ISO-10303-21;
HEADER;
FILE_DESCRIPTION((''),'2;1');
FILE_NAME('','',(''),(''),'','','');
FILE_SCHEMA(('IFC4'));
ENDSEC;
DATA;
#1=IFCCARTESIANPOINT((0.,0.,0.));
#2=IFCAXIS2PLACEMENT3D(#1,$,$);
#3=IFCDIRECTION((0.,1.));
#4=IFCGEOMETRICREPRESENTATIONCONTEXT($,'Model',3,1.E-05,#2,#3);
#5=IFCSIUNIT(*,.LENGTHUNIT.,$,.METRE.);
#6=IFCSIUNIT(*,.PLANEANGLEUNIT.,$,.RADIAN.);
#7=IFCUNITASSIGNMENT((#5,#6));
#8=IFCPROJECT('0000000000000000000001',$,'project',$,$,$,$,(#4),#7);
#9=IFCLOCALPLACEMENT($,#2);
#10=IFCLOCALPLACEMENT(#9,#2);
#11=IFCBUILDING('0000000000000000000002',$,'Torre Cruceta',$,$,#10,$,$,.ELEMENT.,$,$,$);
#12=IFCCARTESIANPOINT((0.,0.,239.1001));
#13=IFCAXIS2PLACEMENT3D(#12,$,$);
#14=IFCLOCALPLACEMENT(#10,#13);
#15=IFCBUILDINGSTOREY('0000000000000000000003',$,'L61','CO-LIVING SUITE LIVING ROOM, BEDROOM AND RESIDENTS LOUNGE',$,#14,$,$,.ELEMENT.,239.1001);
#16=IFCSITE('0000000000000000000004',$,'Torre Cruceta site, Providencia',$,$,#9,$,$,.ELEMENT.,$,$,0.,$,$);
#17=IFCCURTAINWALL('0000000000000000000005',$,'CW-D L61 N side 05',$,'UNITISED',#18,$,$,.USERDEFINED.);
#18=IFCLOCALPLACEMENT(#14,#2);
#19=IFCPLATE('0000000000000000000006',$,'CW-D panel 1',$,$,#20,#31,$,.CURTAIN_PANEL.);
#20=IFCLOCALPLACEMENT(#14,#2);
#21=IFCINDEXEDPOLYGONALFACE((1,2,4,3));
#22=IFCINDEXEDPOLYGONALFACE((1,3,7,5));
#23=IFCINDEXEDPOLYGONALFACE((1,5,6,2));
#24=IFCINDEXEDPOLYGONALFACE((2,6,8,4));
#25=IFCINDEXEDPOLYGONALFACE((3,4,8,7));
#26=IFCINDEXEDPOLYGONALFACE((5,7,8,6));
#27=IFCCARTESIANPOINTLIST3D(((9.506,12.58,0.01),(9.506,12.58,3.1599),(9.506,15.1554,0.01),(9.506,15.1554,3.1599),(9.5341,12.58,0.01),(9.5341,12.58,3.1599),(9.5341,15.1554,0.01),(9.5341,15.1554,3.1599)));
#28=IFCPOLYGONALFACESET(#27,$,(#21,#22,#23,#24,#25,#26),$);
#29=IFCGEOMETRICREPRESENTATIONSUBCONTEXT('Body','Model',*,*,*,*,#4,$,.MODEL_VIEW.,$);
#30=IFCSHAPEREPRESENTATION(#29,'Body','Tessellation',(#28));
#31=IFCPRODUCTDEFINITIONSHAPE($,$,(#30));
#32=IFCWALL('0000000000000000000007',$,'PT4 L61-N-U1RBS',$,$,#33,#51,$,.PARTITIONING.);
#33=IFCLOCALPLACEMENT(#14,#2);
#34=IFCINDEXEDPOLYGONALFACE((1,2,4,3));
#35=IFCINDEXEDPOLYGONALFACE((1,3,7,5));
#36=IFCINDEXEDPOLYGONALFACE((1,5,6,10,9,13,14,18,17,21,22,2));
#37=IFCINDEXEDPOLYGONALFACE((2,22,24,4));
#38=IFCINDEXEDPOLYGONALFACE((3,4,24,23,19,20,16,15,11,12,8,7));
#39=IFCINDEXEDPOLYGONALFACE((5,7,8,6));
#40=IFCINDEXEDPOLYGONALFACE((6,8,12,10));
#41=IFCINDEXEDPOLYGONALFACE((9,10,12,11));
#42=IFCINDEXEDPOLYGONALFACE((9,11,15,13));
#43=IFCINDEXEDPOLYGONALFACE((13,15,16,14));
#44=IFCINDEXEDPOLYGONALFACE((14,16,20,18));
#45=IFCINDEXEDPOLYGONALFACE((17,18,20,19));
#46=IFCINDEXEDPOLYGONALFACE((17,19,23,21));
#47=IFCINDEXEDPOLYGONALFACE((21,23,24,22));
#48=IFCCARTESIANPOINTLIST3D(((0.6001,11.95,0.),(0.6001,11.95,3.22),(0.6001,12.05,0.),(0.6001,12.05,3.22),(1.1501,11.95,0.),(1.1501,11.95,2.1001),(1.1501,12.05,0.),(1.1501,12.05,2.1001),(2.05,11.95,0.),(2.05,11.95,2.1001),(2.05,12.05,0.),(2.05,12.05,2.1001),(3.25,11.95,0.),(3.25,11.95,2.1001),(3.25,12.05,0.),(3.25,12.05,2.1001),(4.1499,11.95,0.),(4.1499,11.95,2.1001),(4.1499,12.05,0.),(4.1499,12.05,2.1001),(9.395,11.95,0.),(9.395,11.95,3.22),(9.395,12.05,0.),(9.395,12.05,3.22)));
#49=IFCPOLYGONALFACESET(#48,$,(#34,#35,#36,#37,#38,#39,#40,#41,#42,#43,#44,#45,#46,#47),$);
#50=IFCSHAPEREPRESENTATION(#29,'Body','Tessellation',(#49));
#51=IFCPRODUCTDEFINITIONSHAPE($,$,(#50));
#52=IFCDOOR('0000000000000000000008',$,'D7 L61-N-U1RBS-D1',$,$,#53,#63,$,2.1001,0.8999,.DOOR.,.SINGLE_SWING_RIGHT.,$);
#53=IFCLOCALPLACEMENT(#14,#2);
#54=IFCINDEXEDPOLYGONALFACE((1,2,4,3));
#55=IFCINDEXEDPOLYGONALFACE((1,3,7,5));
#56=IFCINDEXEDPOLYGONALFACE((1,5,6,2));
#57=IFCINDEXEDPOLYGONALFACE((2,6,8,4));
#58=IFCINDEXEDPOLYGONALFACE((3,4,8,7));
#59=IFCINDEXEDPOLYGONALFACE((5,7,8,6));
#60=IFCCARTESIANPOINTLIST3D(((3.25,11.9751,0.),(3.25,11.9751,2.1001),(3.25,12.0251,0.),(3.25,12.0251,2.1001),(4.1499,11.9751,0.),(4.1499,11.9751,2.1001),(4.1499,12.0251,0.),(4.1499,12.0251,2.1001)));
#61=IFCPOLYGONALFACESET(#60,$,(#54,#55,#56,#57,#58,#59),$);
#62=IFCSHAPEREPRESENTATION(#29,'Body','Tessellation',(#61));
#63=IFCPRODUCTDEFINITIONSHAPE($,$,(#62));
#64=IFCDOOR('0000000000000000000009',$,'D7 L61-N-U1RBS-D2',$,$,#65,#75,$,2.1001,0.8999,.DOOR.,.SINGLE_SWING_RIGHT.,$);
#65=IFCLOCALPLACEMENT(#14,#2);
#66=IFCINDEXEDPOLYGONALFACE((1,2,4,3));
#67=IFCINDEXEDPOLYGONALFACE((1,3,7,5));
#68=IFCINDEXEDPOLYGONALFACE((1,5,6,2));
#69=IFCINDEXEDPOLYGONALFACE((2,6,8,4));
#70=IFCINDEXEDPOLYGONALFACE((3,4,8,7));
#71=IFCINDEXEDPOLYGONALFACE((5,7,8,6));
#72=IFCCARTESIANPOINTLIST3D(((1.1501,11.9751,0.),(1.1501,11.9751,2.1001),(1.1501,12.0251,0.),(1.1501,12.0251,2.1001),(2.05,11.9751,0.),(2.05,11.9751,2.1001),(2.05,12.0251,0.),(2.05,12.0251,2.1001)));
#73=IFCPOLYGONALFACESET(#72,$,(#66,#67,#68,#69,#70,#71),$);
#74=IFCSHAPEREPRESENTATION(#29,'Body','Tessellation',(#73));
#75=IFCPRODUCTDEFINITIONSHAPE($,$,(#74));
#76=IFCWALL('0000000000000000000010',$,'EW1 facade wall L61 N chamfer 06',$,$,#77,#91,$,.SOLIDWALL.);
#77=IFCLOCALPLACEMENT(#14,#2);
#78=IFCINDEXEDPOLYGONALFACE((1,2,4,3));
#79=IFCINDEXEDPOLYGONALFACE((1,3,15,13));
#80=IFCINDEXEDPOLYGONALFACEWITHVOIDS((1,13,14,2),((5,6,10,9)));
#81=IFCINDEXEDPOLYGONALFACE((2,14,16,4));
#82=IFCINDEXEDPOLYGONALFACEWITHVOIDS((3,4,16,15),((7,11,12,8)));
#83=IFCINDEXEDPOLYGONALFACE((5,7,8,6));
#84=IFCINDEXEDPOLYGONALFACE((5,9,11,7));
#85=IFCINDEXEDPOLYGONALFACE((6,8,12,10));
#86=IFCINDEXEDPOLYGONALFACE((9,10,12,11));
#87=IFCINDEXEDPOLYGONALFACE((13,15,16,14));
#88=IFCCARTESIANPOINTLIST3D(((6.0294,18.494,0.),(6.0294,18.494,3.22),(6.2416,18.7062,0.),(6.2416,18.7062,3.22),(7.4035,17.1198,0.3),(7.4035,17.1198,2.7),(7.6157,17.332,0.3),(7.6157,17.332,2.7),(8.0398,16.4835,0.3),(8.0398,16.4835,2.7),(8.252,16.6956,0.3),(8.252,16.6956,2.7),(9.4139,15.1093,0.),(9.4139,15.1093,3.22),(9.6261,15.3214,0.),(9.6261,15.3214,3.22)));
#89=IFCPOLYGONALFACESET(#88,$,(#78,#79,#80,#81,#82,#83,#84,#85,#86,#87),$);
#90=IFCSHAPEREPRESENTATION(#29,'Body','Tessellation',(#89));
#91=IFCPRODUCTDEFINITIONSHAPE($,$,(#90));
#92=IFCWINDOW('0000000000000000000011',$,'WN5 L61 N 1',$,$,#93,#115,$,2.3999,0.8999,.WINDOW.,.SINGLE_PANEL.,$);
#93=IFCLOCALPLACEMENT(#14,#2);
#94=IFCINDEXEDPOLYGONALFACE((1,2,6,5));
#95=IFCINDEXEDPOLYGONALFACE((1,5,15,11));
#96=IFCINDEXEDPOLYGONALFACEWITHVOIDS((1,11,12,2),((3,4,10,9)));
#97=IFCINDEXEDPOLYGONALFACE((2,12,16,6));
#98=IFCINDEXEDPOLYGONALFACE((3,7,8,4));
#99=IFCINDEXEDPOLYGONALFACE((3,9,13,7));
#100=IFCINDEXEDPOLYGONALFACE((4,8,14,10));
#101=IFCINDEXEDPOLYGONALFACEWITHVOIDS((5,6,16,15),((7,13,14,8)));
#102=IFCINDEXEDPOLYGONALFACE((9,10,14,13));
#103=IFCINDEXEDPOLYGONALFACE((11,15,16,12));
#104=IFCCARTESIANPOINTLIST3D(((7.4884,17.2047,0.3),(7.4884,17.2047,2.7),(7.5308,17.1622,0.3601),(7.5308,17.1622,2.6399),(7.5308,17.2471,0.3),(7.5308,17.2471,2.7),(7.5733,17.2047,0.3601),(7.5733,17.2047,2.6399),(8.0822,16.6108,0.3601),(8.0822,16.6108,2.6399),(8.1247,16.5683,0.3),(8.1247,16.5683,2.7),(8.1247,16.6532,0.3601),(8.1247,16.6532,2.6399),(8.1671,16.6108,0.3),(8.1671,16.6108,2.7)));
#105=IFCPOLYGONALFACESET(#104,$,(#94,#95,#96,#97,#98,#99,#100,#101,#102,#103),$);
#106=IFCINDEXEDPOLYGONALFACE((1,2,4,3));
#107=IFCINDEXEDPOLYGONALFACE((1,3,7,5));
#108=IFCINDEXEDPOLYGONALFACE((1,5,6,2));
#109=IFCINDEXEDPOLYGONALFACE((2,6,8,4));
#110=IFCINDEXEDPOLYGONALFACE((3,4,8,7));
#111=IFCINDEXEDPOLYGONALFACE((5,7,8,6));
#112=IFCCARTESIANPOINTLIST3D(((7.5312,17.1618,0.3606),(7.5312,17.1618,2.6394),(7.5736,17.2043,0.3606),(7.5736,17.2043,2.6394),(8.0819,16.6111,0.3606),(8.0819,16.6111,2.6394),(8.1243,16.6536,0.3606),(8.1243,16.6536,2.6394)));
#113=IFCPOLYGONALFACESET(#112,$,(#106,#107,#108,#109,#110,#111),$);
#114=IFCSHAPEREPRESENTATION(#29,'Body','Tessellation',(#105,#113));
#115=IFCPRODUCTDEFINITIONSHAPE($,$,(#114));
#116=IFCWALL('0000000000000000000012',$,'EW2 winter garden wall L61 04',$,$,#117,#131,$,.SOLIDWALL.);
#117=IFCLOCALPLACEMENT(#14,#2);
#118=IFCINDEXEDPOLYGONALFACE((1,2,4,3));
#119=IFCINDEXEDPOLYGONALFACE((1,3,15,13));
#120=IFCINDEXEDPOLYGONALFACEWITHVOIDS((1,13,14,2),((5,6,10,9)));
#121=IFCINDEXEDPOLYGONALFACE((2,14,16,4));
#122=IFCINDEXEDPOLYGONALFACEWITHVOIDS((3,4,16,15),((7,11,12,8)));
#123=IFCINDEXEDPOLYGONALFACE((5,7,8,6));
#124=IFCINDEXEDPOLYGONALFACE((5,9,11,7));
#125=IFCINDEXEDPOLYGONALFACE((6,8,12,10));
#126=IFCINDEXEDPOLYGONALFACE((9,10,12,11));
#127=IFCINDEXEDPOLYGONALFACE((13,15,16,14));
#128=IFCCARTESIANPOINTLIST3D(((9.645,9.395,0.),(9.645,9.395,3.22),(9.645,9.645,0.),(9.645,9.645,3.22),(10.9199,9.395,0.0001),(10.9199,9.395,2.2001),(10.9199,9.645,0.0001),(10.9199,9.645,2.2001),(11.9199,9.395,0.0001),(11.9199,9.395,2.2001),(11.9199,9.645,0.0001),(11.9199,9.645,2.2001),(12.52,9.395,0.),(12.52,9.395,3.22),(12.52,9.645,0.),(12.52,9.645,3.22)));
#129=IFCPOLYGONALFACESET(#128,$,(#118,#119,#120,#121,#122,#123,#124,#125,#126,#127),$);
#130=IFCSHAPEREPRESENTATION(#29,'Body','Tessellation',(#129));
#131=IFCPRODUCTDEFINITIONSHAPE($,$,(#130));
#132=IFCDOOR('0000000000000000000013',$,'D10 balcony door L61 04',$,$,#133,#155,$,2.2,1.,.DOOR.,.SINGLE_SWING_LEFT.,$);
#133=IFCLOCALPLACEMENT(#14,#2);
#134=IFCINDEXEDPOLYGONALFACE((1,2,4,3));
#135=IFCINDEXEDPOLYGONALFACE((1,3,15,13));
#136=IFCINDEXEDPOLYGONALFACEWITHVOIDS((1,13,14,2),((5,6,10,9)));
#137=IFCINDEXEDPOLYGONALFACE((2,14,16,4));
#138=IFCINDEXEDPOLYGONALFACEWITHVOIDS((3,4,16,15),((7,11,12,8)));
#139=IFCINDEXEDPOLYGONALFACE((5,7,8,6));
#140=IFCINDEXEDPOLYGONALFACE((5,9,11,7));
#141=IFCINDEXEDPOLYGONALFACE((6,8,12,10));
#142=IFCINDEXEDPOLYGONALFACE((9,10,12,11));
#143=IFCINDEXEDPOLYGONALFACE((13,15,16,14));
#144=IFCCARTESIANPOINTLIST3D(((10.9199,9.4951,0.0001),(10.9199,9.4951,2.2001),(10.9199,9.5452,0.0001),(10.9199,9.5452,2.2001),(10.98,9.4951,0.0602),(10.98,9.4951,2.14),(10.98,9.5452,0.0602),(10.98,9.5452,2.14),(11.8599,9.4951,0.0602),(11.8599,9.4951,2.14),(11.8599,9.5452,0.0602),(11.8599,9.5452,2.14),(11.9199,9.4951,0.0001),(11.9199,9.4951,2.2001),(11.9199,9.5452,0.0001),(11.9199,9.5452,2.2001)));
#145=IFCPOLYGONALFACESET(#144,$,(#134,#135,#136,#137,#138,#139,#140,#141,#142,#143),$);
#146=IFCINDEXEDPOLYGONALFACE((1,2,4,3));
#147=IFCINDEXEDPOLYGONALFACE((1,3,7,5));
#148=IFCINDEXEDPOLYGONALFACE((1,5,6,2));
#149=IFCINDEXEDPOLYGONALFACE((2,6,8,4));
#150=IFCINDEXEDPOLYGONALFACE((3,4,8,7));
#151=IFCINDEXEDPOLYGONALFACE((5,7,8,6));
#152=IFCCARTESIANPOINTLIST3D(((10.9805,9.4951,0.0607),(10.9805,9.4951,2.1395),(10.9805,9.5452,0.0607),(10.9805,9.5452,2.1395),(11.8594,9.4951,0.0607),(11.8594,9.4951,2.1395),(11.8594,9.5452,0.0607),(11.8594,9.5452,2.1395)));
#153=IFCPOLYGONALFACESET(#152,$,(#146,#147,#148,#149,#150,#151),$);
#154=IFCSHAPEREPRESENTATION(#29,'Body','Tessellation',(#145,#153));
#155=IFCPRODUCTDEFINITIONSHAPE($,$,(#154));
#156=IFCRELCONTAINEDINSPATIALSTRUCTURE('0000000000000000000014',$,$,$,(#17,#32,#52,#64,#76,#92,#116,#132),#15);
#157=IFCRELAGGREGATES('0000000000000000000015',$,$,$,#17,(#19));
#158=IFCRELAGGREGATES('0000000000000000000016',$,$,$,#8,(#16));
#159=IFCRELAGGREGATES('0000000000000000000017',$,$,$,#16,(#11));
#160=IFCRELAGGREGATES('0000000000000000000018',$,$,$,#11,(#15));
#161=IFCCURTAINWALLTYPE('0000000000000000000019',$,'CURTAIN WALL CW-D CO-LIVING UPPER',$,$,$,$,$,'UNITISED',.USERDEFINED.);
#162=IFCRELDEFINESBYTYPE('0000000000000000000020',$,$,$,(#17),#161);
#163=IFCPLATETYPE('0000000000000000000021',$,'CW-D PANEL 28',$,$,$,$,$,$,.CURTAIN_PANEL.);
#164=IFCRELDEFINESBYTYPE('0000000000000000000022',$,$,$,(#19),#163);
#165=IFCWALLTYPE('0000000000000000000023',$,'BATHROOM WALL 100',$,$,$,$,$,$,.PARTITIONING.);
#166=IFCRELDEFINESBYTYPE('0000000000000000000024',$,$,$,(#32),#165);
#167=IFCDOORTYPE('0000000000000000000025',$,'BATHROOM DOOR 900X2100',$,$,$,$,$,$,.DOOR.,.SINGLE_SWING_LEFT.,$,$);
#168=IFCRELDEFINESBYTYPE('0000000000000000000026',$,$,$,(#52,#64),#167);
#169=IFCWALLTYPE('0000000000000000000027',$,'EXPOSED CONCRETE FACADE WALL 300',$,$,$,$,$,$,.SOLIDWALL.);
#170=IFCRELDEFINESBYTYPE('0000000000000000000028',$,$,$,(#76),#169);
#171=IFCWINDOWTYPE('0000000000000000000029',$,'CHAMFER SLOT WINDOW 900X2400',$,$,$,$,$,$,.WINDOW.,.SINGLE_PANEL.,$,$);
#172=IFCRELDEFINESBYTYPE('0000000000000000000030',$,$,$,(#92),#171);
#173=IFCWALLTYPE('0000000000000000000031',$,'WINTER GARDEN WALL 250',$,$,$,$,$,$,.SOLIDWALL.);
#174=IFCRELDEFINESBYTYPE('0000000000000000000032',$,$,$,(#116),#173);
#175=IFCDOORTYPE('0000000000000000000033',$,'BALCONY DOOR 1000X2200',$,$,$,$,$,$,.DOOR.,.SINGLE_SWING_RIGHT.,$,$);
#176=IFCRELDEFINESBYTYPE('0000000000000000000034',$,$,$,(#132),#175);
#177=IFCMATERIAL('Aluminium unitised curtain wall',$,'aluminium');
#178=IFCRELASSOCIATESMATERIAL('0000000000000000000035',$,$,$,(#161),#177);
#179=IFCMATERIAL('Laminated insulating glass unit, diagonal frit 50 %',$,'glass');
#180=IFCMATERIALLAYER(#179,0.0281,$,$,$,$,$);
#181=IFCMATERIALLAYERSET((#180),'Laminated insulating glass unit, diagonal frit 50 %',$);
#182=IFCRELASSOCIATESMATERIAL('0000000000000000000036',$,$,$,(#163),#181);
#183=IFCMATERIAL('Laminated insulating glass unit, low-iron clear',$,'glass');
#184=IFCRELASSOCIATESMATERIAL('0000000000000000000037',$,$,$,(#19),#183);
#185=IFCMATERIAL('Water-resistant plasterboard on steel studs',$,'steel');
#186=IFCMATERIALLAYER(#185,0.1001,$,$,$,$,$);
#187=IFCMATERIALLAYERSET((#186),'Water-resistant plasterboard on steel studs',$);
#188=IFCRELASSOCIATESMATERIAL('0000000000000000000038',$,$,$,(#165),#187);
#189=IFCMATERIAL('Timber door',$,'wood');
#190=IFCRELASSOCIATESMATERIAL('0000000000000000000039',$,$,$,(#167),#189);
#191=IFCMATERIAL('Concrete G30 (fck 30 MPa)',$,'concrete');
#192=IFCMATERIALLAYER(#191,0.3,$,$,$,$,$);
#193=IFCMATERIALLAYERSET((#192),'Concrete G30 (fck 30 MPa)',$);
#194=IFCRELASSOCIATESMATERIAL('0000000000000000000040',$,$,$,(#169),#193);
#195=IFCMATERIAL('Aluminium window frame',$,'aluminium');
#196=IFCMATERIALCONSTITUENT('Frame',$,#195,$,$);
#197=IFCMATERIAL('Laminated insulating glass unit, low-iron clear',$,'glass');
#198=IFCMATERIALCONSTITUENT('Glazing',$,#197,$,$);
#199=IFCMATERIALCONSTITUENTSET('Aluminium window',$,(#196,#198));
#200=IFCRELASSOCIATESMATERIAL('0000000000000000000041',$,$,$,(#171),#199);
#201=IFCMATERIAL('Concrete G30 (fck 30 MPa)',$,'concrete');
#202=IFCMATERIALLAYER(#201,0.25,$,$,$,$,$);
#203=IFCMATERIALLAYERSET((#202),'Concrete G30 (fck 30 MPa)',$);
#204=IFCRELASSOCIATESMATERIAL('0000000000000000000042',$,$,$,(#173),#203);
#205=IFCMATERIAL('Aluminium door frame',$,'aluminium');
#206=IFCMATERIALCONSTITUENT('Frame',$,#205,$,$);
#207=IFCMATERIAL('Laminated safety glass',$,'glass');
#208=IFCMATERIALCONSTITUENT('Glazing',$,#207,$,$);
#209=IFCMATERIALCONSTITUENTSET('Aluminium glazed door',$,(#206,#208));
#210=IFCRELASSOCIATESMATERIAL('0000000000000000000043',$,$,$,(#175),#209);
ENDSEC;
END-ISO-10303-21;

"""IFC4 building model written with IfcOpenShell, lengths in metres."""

from ifc_helpers import new_model, si_unit, direction, frame, frame_2d, origin, origin_2d, place, context, subcontext, project, spatial, rectangle, hollow_rectangle, extrude, material, layer, layer_set, constituent, constituent_set, type_object, element, fill, aggregate, save


model = new_model("IFC4")

# Units and contexts
model_context = context("Model", 3, precision=1e-05, world=origin(), true_north=direction((0.0, 1.0)))
body_context = subcontext(model_context, "Body", "Model", "MODEL_VIEW")
ifc_project = project(units=[si_unit("LENGTHUNIT", "METRE"), si_unit("PLANEANGLEUNIT", "RADIAN")], contexts=[model_context])

# Site, building, storey
site_placement = place(None, origin())
site = spatial("IfcSite", under=ifc_project, at=site_placement, Name="Torre Cruceta site, Providencia", CompositionType="ELEMENT", RefElevation=0.0)
building_placement = place(site_placement, origin())
building = spatial("IfcBuilding", under=site, at=building_placement, Name="Torre Cruceta", CompositionType="ELEMENT")
storey_placement = place(building_placement, frame((0.0, 0.0, 239.1001)))
storey = spatial("IfcBuildingStorey", under=building, at=storey_placement, Name="L61", Description="CO-LIVING SUITE LIVING ROOM, BEDROOM AND RESIDENTS LOUNGE", CompositionType="ELEMENT", Elevation=239.1001)

# Curtain wall
ifc_material_1 = material(Name="Aluminium unitised curtain wall", Category="aluminium")
curtain_wall_type = type_object("IfcCurtainWallType", Name="CURTAIN WALL CW-D CO-LIVING UPPER", ElementType="UNITISED", PredefinedType="USERDEFINED", material=ifc_material_1)
curtain_wall_1_placement = place(storey_placement, origin())
curtain_wall_1 = element("IfcCurtainWall", 1, at=curtain_wall_1_placement, inside=storey, type_object=curtain_wall_type, Name="CW-D L61 N side 05", ObjectType="UNITISED", PredefinedType="USERDEFINED")

# Plate
ifc_material_2 = material(Name="Laminated insulating glass unit, low-iron clear", Category="glass")
ifc_material_3 = material(Name="Laminated insulating glass unit, diagonal frit 50 %", Category="glass")
ifc_layer_1 = layer(ifc_material_3, 0.0281)
ifc_layer_set_1 = layer_set([ifc_layer_1], Name="Laminated insulating glass unit, diagonal frit 50 %")
plate_type = type_object("IfcPlateType", Name="CW-D PANEL 28", PredefinedType="CURTAIN_PANEL", material=ifc_layer_set_1)
plate_1_placement = place(storey_placement, frame((9.52, 13.8677, 0.01), z_axis=(0.0, 0.0, 1.0), x_axis=(0.0, 1.0, 0.0)))
plate_1 = element("IfcPlate", 2, at=plate_1_placement, type_object=plate_type, material=ifc_material_2, Name="CW-D panel 1", PredefinedType="CURTAIN_PANEL", context=body_context, shape_type="SweptSolid", body=[
    extrude(rectangle(XDim=2.5754, YDim=0.0281, at=origin_2d()), origin(), (0.0, 0.0, 1.0), 3.1499),
])
aggregate(curtain_wall_1, [plate_1])

# Wall, openings, doors
ifc_material_4 = material(Name="Water-resistant plasterboard on steel studs", Category="steel")
ifc_layer_2 = layer(ifc_material_4, 0.1001)
ifc_layer_set_2 = layer_set([ifc_layer_2], Name="Water-resistant plasterboard on steel studs")
wall_type_1 = type_object("IfcWallType", Name="BATHROOM WALL 100", PredefinedType="PARTITIONING", material=ifc_layer_set_2)
wall_1_placement = place(storey_placement, frame((9.395, 12.0, 0.0), z_axis=(0.0, 0.0, 1.0), x_axis=(-1.0, 0.0, 0.0)))
wall_1 = element("IfcWall", 3, at=wall_1_placement, inside=storey, type_object=wall_type_1, Name="PT4 L61-N-U1RBS", PredefinedType="PARTITIONING", context=body_context, shape_type="SweptSolid", body=[
    extrude(rectangle(XDim=8.7949, YDim=0.1001, at=frame_2d((4.3975, 0.0))), origin(), (0.0, 0.0, 1.0), 3.22),
])
opening_1_placement = place(wall_1_placement, frame((5.2451, 0.0, 0.0)))
opening_1 = element("IfcOpeningElement", 4, at=opening_1_placement, cuts=wall_1, PredefinedType="OPENING", context=body_context, shape_type="SweptSolid", body=[
    extrude(rectangle(XDim=0.8999, YDim=2.1001, at=frame_2d((0.45, 1.05))), frame((0.0, 0.0601, 0.0), z_axis=(0.0, -1.0, 0.0), x_axis=(1.0, 0.0, 0.0)), (0.0, 0.0, 1.0), 0.1201),
])
opening_2_placement = place(wall_1_placement, frame((7.345, 0.0, 0.0)))
opening_2 = element("IfcOpeningElement", 5, at=opening_2_placement, cuts=wall_1, PredefinedType="OPENING", context=body_context, shape_type="SweptSolid", body=[
    extrude(rectangle(XDim=0.8999, YDim=2.1001, at=frame_2d((0.45, 1.05))), frame((0.0, 0.0601, 0.0), z_axis=(0.0, -1.0, 0.0), x_axis=(1.0, 0.0, 0.0)), (0.0, 0.0, 1.0), 0.1201),
])
ifc_material_5 = material(Name="Timber door", Category="wood")
door_type_1 = type_object("IfcDoorType", Name="BATHROOM DOOR 900X2100", OperationType="SINGLE_SWING_LEFT", PredefinedType="DOOR", material=ifc_material_5)
door_1_placement = place(opening_1_placement, origin())
door_1 = element("IfcDoor", 6, at=door_1_placement, inside=storey, type_object=door_type_1, Name="D7 L61-N-U1RBS-D1", OperationType="SINGLE_SWING_RIGHT", OverallHeight=2.1001, OverallWidth=0.8999, PredefinedType="DOOR", context=body_context, shape_type="SweptSolid", body=[
    extrude(rectangle(XDim=0.8999, YDim=2.1001, at=frame_2d((0.45, 1.05))), frame((0.0, 0.0249, 0.0), z_axis=(0.0, -1.0, 0.0), x_axis=(1.0, 0.0, 0.0)), (0.0, 0.0, 1.0), 0.05),
])
fill(opening_1, door_1)
door_2_placement = place(opening_2_placement, origin())
door_2 = element("IfcDoor", 7, at=door_2_placement, inside=storey, type_object=door_type_1, Name="D7 L61-N-U1RBS-D2", OperationType="SINGLE_SWING_RIGHT", OverallHeight=2.1001, OverallWidth=0.8999, PredefinedType="DOOR", context=body_context, shape_type="SweptSolid", body=[
    extrude(rectangle(XDim=0.8999, YDim=2.1001, at=frame_2d((0.45, 1.05))), frame((0.0, 0.0249, 0.0), z_axis=(0.0, -1.0, 0.0), x_axis=(1.0, 0.0, 0.0)), (0.0, 0.0, 1.0), 0.05),
])
fill(opening_2, door_2)

# Wall, opening, window
ifc_material_6 = material(Name="Concrete G30 (fck 30 MPa)", Category="concrete")
ifc_layer_3 = layer(ifc_material_6, 0.3)
ifc_layer_set_3 = layer_set([ifc_layer_3], Name="Concrete G30 (fck 30 MPa)")
wall_type_2 = type_object("IfcWallType", Name="EXPOSED CONCRETE FACADE WALL 300", PredefinedType="SOLIDWALL", material=ifc_layer_set_3)
wall_2_placement = place(storey_placement, frame((9.52, 15.2153, 0.0), z_axis=(0.0, 0.0, 1.0), x_axis=(-0.707081, 0.707132, 0.0)))
wall_2 = element("IfcWall", 8, at=wall_2_placement, inside=storey, type_object=wall_type_2, Name="EW1 facade wall L61 N chamfer 06", PredefinedType="SOLIDWALL", context=body_context, shape_type="SweptSolid", body=[
    extrude(rectangle(XDim=4.7866, YDim=0.3, at=frame_2d((2.3933, 0.0))), origin(), (0.0, 0.0, 1.0), 3.22),
])
opening_3_placement = place(wall_2_placement, frame((1.9434, 0.0, 0.3)))
opening_3 = element("IfcOpeningElement", 9, at=opening_3_placement, cuts=wall_2, PredefinedType="OPENING", context=body_context, shape_type="SweptSolid", body=[
    extrude(rectangle(XDim=0.8999, YDim=2.3999, at=frame_2d((0.45, 1.2))), frame((0.0, 0.1599, 0.0), z_axis=(0.0, -1.0, 0.0), x_axis=(1.0, 0.0, 0.0)), (0.0, 0.0, 1.0), 0.3201),
])
ifc_material_7 = material(Name="Aluminium window frame", Category="aluminium")
ifc_constituent_1 = constituent(ifc_material_7, Name="Frame")
ifc_material_8 = material(Name="Laminated insulating glass unit, low-iron clear", Category="glass")
ifc_constituent_2 = constituent(ifc_material_8, Name="Glazing")
ifc_constituent_set_1 = constituent_set(constituents=[ifc_constituent_1, ifc_constituent_2], Name="Aluminium window")
window_type = type_object("IfcWindowType", Name="CHAMFER SLOT WINDOW 900X2400", PartitioningType="SINGLE_PANEL", PredefinedType="WINDOW", material=ifc_constituent_set_1)
window_placement = place(opening_3_placement, origin())
window = element("IfcWindow", 10, at=window_placement, inside=storey, type_object=window_type, Name="WN5 L61 N 1", OverallHeight=2.3999, OverallWidth=0.8999, PartitioningType="SINGLE_PANEL", PredefinedType="WINDOW", context=body_context, shape_type="SweptSolid", body=[
    extrude(hollow_rectangle(XDim=0.8999, YDim=2.3999, WallThickness=0.0601, at=frame_2d((0.45, 1.2))), frame((0.0, 0.03, 0.0), z_axis=(0.0, -1.0, 0.0), x_axis=(1.0, 0.0, 0.0)), (0.0, 0.0, 1.0), 0.0601),
    extrude(rectangle(XDim=0.7788, YDim=2.2788, at=frame_2d((0.45, 1.2))), frame((0.0, 0.03, 0.0), z_axis=(0.0, -1.0, 0.0), x_axis=(1.0, 0.0, 0.0)), (0.0, 0.0, 1.0), 0.0601),
])
fill(opening_3, window)

# Wall, opening, door
ifc_material_9 = material(Name="Concrete G30 (fck 30 MPa)", Category="concrete")
ifc_layer_4 = layer(ifc_material_9, 0.25)
ifc_layer_set_4 = layer_set([ifc_layer_4], Name="Concrete G30 (fck 30 MPa)")
wall_type_3 = type_object("IfcWallType", Name="WINTER GARDEN WALL 250", PredefinedType="SOLIDWALL", material=ifc_layer_set_4)
wall_3_placement = place(storey_placement, frame((12.52, 9.52, 0.0), z_axis=(0.0, 0.0, 1.0), x_axis=(-1.0, 0.0, 0.0)))
wall_3 = element("IfcWall", 11, at=wall_3_placement, inside=storey, type_object=wall_type_3, Name="EW2 winter garden wall L61 04", PredefinedType="SOLIDWALL", context=body_context, shape_type="SweptSolid", body=[
    extrude(rectangle(XDim=2.875, YDim=0.25, at=frame_2d((1.4375, 0.0))), origin(), (0.0, 0.0, 1.0), 3.22),
])
opening_4_placement = place(wall_3_placement, frame((0.6001, 0.0, 0.0)))
opening_4 = element("IfcOpeningElement", 12, at=opening_4_placement, cuts=wall_3, PredefinedType="OPENING", context=body_context, shape_type="SweptSolid", body=[
    extrude(rectangle(XDim=1.0, YDim=2.2, at=frame_2d((0.5, 1.1001))), frame((0.0, 0.135, 0.0), z_axis=(0.0, -1.0, 0.0), x_axis=(1.0, 0.0, 0.0)), (0.0, 0.0, 1.0), 0.27),
])
ifc_material_10 = material(Name="Aluminium door frame", Category="aluminium")
ifc_constituent_3 = constituent(ifc_material_10, Name="Frame")
ifc_material_11 = material(Name="Laminated safety glass", Category="glass")
ifc_constituent_4 = constituent(ifc_material_11, Name="Glazing")
ifc_constituent_set_2 = constituent_set(constituents=[ifc_constituent_3, ifc_constituent_4], Name="Aluminium glazed door")
door_type_2 = type_object("IfcDoorType", Name="BALCONY DOOR 1000X2200", OperationType="SINGLE_SWING_RIGHT", PredefinedType="DOOR", material=ifc_constituent_set_2)
door_3_placement = place(opening_4_placement, origin())
door_3 = element("IfcDoor", 13, at=door_3_placement, inside=storey, type_object=door_type_2, Name="D10 balcony door L61 04", OperationType="SINGLE_SWING_LEFT", OverallHeight=2.2, OverallWidth=1.0, PredefinedType="DOOR", context=body_context, shape_type="SweptSolid", body=[
    extrude(hollow_rectangle(XDim=1.0, YDim=2.2, WallThickness=0.0601, at=frame_2d((0.5, 1.1001))), frame((0.0, 0.0249, 0.0), z_axis=(0.0, -1.0, 0.0), x_axis=(1.0, 0.0, 0.0)), (0.0, 0.0, 1.0), 0.05),
    extrude(rectangle(XDim=0.8789, YDim=2.0789, at=frame_2d((0.5, 1.1001))), frame((0.0, 0.0249, 0.0), z_axis=(0.0, -1.0, 0.0), x_axis=(1.0, 0.0, 0.0)), (0.0, 0.0, 1.0), 0.05),
])
fill(opening_4, door_3)

save(model, "model.ifc")
